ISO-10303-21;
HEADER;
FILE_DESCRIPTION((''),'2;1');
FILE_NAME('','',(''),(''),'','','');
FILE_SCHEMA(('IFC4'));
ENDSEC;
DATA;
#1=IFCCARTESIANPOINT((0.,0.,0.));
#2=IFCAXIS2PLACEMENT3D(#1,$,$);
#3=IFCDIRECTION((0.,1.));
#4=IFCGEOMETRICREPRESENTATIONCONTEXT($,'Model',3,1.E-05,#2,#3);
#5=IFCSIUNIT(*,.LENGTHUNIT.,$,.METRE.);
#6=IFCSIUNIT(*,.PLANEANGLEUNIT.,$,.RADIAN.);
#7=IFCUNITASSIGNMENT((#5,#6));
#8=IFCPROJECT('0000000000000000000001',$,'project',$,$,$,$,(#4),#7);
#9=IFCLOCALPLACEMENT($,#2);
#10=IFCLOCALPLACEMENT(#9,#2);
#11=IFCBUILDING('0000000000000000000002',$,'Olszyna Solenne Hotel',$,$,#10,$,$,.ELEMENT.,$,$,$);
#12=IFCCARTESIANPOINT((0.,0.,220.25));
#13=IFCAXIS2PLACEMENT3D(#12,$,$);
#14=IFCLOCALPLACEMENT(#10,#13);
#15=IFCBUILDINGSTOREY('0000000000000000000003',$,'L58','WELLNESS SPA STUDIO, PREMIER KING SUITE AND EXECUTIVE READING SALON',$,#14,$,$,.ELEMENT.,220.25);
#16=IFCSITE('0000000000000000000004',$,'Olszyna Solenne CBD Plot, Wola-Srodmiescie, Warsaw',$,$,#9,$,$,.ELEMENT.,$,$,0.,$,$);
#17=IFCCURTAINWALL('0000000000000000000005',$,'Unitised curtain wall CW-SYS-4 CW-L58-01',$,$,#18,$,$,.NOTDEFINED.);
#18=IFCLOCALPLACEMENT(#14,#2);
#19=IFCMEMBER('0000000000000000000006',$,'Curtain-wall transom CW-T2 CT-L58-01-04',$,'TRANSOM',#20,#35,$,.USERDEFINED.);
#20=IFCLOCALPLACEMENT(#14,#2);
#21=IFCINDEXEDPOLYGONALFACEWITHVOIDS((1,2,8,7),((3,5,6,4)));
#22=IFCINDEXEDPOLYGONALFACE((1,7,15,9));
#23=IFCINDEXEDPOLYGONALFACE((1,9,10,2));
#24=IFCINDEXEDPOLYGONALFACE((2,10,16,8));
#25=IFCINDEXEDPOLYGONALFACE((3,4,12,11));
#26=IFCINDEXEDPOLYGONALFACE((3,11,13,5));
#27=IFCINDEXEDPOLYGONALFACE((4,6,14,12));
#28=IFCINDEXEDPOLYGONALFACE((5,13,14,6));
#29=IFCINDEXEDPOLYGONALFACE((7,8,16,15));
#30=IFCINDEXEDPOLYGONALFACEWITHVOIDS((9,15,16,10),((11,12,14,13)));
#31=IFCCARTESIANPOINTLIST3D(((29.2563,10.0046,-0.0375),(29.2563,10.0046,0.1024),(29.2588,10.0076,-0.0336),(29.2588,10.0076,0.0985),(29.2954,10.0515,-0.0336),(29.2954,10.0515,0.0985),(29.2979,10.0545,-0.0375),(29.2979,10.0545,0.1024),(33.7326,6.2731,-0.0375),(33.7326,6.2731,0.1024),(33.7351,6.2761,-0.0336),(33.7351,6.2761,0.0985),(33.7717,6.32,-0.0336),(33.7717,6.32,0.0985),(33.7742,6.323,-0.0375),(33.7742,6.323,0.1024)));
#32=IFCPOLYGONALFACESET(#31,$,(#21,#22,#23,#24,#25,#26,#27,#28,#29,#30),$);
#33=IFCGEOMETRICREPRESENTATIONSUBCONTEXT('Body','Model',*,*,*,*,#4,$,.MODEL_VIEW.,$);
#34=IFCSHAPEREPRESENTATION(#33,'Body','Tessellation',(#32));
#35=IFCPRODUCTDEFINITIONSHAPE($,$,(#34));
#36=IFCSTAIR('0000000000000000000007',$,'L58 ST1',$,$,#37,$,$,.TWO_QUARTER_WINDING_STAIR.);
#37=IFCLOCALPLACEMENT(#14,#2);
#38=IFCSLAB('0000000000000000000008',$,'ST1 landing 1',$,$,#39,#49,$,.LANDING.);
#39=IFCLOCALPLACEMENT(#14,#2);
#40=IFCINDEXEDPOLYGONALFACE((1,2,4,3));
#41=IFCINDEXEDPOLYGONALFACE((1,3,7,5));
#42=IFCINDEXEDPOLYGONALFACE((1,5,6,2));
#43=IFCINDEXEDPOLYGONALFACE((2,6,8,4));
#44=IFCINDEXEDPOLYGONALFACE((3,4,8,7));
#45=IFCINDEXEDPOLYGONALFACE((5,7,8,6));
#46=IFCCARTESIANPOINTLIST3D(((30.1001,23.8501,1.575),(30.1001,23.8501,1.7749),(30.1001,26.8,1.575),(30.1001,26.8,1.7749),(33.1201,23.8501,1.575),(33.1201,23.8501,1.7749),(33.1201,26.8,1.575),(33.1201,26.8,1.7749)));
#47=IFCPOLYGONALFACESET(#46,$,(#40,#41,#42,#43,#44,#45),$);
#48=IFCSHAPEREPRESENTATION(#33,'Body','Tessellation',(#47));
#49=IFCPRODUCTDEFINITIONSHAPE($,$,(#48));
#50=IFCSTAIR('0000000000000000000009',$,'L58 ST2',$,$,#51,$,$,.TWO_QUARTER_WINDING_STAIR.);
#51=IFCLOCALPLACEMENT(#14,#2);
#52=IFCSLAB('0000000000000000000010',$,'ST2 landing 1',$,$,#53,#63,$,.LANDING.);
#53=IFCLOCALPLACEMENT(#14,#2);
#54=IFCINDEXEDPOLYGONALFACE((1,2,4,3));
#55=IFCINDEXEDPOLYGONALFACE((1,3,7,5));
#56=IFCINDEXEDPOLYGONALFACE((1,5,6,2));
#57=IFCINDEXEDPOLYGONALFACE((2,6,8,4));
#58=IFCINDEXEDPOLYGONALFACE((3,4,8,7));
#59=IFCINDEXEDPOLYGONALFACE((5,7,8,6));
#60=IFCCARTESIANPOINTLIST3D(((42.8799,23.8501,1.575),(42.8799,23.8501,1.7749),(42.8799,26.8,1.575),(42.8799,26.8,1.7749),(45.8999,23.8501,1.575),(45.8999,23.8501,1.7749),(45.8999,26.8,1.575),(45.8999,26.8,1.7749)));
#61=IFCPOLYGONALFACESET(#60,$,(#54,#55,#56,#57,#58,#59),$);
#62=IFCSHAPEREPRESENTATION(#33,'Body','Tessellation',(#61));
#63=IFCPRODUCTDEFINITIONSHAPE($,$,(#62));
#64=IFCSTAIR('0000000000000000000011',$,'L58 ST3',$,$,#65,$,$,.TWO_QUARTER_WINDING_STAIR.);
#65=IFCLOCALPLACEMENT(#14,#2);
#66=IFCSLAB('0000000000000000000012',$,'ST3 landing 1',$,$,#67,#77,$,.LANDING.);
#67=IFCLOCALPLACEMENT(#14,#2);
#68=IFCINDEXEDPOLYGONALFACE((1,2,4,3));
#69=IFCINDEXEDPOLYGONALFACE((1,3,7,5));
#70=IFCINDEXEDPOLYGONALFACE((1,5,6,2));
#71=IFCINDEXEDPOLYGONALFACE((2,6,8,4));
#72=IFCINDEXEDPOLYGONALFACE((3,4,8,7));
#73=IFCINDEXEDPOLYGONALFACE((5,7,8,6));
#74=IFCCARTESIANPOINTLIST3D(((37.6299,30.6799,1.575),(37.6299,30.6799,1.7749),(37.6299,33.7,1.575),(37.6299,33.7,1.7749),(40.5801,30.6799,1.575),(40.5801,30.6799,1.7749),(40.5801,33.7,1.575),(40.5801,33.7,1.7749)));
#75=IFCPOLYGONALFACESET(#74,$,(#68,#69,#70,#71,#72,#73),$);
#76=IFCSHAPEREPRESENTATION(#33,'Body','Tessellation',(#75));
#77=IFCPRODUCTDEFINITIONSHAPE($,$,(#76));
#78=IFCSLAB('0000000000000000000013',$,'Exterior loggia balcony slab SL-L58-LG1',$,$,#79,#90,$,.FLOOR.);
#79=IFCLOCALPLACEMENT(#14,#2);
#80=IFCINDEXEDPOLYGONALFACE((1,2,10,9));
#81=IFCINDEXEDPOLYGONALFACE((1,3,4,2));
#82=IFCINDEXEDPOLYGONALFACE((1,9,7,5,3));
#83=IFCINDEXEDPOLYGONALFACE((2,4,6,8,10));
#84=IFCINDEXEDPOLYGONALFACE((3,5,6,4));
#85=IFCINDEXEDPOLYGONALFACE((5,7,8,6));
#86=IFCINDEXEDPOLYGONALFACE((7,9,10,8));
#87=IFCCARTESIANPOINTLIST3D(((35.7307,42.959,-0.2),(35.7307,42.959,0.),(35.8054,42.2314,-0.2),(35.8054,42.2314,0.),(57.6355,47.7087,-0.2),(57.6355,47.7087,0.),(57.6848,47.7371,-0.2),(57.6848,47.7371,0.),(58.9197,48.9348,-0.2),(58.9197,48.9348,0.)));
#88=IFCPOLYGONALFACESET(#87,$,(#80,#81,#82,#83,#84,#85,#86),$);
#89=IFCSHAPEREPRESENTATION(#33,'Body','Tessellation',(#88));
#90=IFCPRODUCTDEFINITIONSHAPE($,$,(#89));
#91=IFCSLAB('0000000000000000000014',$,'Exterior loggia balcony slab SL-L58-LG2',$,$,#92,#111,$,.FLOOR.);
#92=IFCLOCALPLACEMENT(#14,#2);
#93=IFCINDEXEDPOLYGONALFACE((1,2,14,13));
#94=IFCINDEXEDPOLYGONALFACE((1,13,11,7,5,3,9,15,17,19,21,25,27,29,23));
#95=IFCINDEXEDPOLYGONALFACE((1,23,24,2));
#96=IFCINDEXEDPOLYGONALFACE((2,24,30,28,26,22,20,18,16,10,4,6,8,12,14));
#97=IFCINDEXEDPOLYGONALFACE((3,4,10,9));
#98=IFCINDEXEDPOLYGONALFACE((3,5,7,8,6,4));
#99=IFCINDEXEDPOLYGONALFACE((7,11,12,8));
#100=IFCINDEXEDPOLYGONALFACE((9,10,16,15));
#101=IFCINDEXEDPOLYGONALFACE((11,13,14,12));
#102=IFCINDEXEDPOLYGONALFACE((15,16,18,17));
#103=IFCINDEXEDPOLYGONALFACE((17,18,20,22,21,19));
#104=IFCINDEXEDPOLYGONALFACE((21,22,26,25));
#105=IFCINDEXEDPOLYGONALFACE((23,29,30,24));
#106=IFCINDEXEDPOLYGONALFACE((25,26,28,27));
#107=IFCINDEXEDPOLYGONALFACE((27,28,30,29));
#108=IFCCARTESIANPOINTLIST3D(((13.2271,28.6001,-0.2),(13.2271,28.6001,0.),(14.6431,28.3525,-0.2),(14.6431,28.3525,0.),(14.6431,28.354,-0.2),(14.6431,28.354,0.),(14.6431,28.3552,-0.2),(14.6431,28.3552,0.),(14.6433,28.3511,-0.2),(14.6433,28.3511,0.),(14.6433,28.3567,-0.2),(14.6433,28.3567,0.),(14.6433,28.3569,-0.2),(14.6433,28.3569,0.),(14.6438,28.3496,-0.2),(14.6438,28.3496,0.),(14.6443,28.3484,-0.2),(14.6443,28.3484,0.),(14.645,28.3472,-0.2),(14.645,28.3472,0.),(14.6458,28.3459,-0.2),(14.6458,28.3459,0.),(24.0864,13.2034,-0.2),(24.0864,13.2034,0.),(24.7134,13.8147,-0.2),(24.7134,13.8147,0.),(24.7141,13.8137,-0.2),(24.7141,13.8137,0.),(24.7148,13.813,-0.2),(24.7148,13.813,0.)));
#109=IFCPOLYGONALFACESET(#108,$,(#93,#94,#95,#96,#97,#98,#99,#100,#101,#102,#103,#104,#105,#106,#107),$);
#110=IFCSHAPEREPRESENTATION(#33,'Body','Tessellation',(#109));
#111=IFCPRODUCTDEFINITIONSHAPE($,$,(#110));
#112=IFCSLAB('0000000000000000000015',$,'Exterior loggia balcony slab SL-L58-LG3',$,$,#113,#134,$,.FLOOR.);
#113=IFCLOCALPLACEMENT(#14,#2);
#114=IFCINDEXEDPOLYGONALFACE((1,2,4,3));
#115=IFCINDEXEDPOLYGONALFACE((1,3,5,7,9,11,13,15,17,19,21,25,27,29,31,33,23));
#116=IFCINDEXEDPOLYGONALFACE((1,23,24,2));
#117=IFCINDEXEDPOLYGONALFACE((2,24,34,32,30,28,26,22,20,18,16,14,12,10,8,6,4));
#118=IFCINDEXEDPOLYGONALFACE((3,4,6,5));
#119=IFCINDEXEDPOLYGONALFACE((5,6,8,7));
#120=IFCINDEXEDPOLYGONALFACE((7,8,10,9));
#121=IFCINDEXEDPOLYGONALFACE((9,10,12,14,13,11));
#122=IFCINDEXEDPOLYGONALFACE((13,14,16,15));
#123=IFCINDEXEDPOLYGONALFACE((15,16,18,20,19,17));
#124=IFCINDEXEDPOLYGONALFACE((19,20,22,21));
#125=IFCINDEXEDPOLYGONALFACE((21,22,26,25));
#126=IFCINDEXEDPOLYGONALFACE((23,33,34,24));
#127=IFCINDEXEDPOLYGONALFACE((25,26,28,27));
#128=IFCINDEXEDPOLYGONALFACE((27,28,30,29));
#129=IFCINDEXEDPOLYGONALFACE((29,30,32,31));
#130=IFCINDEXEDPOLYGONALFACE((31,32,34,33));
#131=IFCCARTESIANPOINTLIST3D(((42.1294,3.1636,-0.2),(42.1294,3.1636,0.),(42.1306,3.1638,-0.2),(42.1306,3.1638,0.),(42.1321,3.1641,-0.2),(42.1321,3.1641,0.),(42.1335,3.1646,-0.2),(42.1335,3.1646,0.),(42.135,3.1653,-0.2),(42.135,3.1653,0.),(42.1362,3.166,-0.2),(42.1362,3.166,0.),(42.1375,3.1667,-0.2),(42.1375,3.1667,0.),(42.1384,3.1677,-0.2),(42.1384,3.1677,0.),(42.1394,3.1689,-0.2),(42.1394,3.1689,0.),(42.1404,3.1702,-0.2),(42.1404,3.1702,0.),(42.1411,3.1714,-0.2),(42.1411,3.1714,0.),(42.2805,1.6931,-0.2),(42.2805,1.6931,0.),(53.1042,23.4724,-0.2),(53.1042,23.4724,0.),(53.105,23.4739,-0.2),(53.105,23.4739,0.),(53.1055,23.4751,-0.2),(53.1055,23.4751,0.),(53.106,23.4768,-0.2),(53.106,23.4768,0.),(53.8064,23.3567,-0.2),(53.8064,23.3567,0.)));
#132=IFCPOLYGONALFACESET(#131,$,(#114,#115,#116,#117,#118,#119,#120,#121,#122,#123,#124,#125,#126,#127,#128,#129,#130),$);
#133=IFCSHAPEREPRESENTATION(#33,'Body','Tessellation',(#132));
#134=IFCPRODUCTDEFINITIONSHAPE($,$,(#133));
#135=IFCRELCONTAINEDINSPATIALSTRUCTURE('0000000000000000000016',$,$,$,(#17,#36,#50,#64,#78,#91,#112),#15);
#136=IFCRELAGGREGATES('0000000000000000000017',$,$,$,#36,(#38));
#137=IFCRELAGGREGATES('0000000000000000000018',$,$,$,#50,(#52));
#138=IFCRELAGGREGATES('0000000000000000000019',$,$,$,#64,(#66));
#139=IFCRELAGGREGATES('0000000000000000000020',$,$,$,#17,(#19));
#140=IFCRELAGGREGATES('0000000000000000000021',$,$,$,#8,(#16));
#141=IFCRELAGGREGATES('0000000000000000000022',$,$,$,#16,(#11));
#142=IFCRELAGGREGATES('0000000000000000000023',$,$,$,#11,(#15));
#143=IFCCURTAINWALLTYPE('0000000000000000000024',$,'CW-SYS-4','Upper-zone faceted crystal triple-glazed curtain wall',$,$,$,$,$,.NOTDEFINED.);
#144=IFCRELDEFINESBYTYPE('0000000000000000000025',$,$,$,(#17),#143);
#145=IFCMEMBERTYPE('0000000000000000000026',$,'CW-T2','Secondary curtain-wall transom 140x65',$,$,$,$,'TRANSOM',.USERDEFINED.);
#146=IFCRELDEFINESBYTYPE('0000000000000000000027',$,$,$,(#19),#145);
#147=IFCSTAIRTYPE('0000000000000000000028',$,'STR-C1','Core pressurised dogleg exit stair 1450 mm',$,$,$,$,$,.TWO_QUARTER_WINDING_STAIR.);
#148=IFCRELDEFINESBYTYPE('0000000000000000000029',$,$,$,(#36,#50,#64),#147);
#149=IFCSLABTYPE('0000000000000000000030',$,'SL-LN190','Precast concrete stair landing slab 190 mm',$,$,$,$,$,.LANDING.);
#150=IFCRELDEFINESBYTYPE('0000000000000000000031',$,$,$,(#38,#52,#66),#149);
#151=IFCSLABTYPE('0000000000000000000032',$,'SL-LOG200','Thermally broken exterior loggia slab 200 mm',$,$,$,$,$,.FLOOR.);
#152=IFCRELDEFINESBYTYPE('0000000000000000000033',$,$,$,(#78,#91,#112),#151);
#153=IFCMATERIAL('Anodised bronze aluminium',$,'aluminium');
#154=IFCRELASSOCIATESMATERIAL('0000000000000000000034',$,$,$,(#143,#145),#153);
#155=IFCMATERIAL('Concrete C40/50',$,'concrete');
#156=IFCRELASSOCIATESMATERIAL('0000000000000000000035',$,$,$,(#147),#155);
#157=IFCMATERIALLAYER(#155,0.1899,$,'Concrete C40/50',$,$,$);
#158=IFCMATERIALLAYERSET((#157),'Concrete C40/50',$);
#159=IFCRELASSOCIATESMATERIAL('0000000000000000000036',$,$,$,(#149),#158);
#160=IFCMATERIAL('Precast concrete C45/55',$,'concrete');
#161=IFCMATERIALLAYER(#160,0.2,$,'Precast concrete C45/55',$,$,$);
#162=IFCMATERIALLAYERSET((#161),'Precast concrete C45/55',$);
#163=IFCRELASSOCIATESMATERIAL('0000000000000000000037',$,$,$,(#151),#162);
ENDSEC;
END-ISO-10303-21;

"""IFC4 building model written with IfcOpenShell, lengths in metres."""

from ifc_helpers import new_model, si_unit, direction, frame, origin, origin_2d, place, context, subcontext, project, spatial, polyline, hollow_rectangle, outline, extrude, source, transform, mapped, material, layer, layer_set, material_profile, profile_set, type_object, element, aggregate, save


model = new_model("IFC4")

# Units and contexts
model_context = context("Model", 3, precision=1e-05, world=origin(), true_north=direction((0.0, 1.0)))
body_context = subcontext(model_context, "Body", "Model", "MODEL_VIEW")
ifc_project = project(units=[si_unit("LENGTHUNIT", "METRE"), si_unit("PLANEANGLEUNIT", "RADIAN")], contexts=[model_context])

# Site, building, storey
site_placement = place(None, origin())
site = spatial("IfcSite", under=ifc_project, at=site_placement, Name="Olszyna Solenne CBD Plot, Wola-Srodmiescie, Warsaw", CompositionType="ELEMENT", RefElevation=0.0)
building_placement = place(site_placement, origin())
building = spatial("IfcBuilding", under=site, at=building_placement, Name="Olszyna Solenne Hotel", CompositionType="ELEMENT")
storey_placement = place(building_placement, frame((0.0, 0.0, 220.25)))
storey = spatial("IfcBuildingStorey", under=building, at=storey_placement, Name="L58", Description="WELLNESS SPA STUDIO, PREMIER KING SUITE AND EXECUTIVE READING SALON", CompositionType="ELEMENT", Elevation=220.25)

# Curtain wall, member
ifc_material_1 = material(Name="Anodised bronze aluminium", Category="aluminium")
curtain_wall_type = type_object("IfcCurtainWallType", Name="CW-SYS-4", Description="Upper-zone faceted crystal triple-glazed curtain wall", PredefinedType="NOTDEFINED", material=ifc_material_1)
curtain_wall_placement = place(storey_placement, origin())
curtain_wall = element("IfcCurtainWall", 1, at=curtain_wall_placement, inside=storey, type_object=curtain_wall_type, Name="Unitised curtain wall CW-SYS-4 CW-L58-01", PredefinedType="NOTDEFINED")
ifc_material_profile_1 = material_profile(ifc_material_1, hollow_rectangle(XDim=0.0649, YDim=0.1399, WallThickness=0.0039, at=origin_2d()), Name="TRAN 140x65x4", Category="load-bearing")
ifc_profile_set_1 = profile_set([ifc_material_profile_1], Name="Anodised bronze aluminium")
member_type_1 = type_object("IfcMemberType", Name="CW-T2", Description="Secondary curtain-wall transom 140x65", ElementType="TRANSOM", PredefinedType="USERDEFINED", material=ifc_profile_set_1)
shared_shape_1 = source(origin(), body_context, "Body", "SweptSolid", [
    extrude(hollow_rectangle(XDim=0.0649, YDim=0.1399, WallThickness=0.0039, at=origin_2d()), origin(), (0.0, 0.0, 1.0), 5.8276),
])
member_1_placement = place(storey_placement, frame((29.2771, 10.0295, 0.0325), z_axis=(0.768122, -0.640304, 0.0), x_axis=(0.640304, 0.768122, 0.0)))
member_1 = element("IfcMember", 2, at=member_1_placement, type_object=member_type_1, Name="Curtain-wall transom CW-T2 CT-L58-01-04", ObjectType="TRANSOM", PredefinedType="USERDEFINED", context=body_context, shape_type="MappedRepresentation", body=[
    mapped(shared_shape_1, transform((0.0, 0.0, 0.0), x_axis=(1.0, 0.0, 0.0), y_axis=(0.0, 1.0, 0.0), z_axis=(0.0, 0.0, 1.0), scale=1.0)),
])

# Stairs, slabs
ifc_material_2 = material(Name="Concrete C40/50", Category="concrete")
stair_type = type_object("IfcStairType", Name="STR-C1", Description="Core pressurised dogleg exit stair 1450 mm", PredefinedType="TWO_QUARTER_WINDING_STAIR", material=ifc_material_2)
stair_1_placement = place(storey_placement, origin())
stair_1 = element("IfcStair", 3, at=stair_1_placement, inside=storey, type_object=stair_type, Name="L58 ST1", PredefinedType="TWO_QUARTER_WINDING_STAIR")
ifc_layer_1 = layer(ifc_material_2, 0.1899, Name="Concrete C40/50")
ifc_layer_set_1 = layer_set([ifc_layer_1], Name="Concrete C40/50")
slab_type_1 = type_object("IfcSlabType", Name="SL-LN190", Description="Precast concrete stair landing slab 190 mm", PredefinedType="LANDING", material=ifc_layer_set_1)
slab_1_placement = place(storey_placement, frame((0.0, 0.0, 1.575)))
slab_1 = element("IfcSlab", 4, at=slab_1_placement, type_object=slab_type_1, Name="ST1 landing 1", PredefinedType="LANDING", context=body_context, shape_type="SweptSolid", body=[
    extrude(outline(polyline([(33.1201, 23.8501), (33.1201, 26.8), (30.1001, 26.8), (30.1001, 23.8501), (33.1201, 23.8501)])), origin(), (0.0, 0.0, 1.0), 0.2),
])
aggregate(stair_1, [slab_1])
stair_2_placement = place(storey_placement, origin())
stair_2 = element("IfcStair", 5, at=stair_2_placement, inside=storey, type_object=stair_type, Name="L58 ST2", PredefinedType="TWO_QUARTER_WINDING_STAIR")
slab_2_placement = place(storey_placement, frame((0.0, 0.0, 1.575)))
slab_2 = element("IfcSlab", 6, at=slab_2_placement, type_object=slab_type_1, Name="ST2 landing 1", PredefinedType="LANDING", context=body_context, shape_type="SweptSolid", body=[
    extrude(outline(polyline([(45.8999, 23.8501), (45.8999, 26.8), (42.8799, 26.8), (42.8799, 23.8501), (45.8999, 23.8501)])), origin(), (0.0, 0.0, 1.0), 0.2),
])
aggregate(stair_2, [slab_2])
stair_3_placement = place(storey_placement, origin())
stair_3 = element("IfcStair", 7, at=stair_3_placement, inside=storey, type_object=stair_type, Name="L58 ST3", PredefinedType="TWO_QUARTER_WINDING_STAIR")
slab_3_placement = place(storey_placement, frame((0.0, 0.0, 1.575)))
slab_3 = element("IfcSlab", 8, at=slab_3_placement, type_object=slab_type_1, Name="ST3 landing 1", PredefinedType="LANDING", context=body_context, shape_type="SweptSolid", body=[
    extrude(outline(polyline([(37.6299, 30.6799), (40.5801, 30.6799), (40.5801, 33.7), (37.6299, 33.7), (37.6299, 30.6799)])), origin(), (0.0, 0.0, 1.0), 0.2),
])
aggregate(stair_3, [slab_3])

# Slabs
ifc_material_3 = material(Name="Precast concrete C45/55", Category="concrete")
ifc_layer_2 = layer(ifc_material_3, 0.2, Name="Precast concrete C45/55")
ifc_layer_set_2 = layer_set([ifc_layer_2], Name="Precast concrete C45/55")
slab_type_2 = type_object("IfcSlabType", Name="SL-LOG200", Description="Thermally broken exterior loggia slab 200 mm", PredefinedType="FLOOR", material=ifc_layer_set_2)
slab_4_placement = place(storey_placement, frame((0.0, 0.0, -0.2)))
element("IfcSlab", 9, at=slab_4_placement, inside=storey, type_object=slab_type_2, Name="Exterior loggia balcony slab SL-L58-LG1", PredefinedType="FLOOR", context=body_context, shape_type="SweptSolid", body=[
    extrude(outline(polyline([(35.8054, 42.2314), (57.6355, 47.7087), (57.6848, 47.7371), (58.9197, 48.9348), (35.7307, 42.959), (35.8054, 42.2314)])), origin(), (0.0, 0.0, 1.0), 0.2),
])
slab_5_placement = place(storey_placement, frame((0.0, 0.0, -0.2)))
element("IfcSlab", 10, at=slab_5_placement, inside=storey, type_object=slab_type_2, Name="Exterior loggia balcony slab SL-L58-LG2", PredefinedType="FLOOR", context=body_context, shape_type="SweptSolid", body=[
    extrude(outline(polyline([(24.7148, 13.813), (24.7141, 13.8137), (24.7134, 13.8147), (14.6458, 28.3459), (14.645, 28.3472), (14.6443, 28.3484), (14.6438, 28.3496), (14.6433, 28.3511), (14.6431, 28.3525), (14.6431, 28.354), (14.6431, 28.3552), (14.6433, 28.3567), (14.6433, 28.3569), (13.2271, 28.6001), (24.0864, 13.2034), (24.7148, 13.813)])), origin(), (0.0, 0.0, 1.0), 0.2),
])
slab_6_placement = place(storey_placement, frame((0.0, 0.0, -0.2)))
element("IfcSlab", 11, at=slab_6_placement, inside=storey, type_object=slab_type_2, Name="Exterior loggia balcony slab SL-L58-LG3", PredefinedType="FLOOR", context=body_context, shape_type="SweptSolid", body=[
    extrude(outline(polyline([(53.106, 23.4768), (53.1055, 23.4751), (53.105, 23.4739), (53.1042, 23.4724), (42.1411, 3.1714), (42.1404, 3.1702), (42.1394, 3.1689), (42.1384, 3.1677), (42.1375, 3.1667), (42.1362, 3.166), (42.135, 3.1653), (42.1335, 3.1646), (42.1321, 3.1641), (42.1306, 3.1638), (42.1294, 3.1636), (42.2805, 1.6931), (53.8064, 23.3567), (53.106, 23.4768)])), origin(), (0.0, 0.0, 1.0), 0.2),
])

aggregate(curtain_wall, [member_1])

save(model, "model.ifc")
